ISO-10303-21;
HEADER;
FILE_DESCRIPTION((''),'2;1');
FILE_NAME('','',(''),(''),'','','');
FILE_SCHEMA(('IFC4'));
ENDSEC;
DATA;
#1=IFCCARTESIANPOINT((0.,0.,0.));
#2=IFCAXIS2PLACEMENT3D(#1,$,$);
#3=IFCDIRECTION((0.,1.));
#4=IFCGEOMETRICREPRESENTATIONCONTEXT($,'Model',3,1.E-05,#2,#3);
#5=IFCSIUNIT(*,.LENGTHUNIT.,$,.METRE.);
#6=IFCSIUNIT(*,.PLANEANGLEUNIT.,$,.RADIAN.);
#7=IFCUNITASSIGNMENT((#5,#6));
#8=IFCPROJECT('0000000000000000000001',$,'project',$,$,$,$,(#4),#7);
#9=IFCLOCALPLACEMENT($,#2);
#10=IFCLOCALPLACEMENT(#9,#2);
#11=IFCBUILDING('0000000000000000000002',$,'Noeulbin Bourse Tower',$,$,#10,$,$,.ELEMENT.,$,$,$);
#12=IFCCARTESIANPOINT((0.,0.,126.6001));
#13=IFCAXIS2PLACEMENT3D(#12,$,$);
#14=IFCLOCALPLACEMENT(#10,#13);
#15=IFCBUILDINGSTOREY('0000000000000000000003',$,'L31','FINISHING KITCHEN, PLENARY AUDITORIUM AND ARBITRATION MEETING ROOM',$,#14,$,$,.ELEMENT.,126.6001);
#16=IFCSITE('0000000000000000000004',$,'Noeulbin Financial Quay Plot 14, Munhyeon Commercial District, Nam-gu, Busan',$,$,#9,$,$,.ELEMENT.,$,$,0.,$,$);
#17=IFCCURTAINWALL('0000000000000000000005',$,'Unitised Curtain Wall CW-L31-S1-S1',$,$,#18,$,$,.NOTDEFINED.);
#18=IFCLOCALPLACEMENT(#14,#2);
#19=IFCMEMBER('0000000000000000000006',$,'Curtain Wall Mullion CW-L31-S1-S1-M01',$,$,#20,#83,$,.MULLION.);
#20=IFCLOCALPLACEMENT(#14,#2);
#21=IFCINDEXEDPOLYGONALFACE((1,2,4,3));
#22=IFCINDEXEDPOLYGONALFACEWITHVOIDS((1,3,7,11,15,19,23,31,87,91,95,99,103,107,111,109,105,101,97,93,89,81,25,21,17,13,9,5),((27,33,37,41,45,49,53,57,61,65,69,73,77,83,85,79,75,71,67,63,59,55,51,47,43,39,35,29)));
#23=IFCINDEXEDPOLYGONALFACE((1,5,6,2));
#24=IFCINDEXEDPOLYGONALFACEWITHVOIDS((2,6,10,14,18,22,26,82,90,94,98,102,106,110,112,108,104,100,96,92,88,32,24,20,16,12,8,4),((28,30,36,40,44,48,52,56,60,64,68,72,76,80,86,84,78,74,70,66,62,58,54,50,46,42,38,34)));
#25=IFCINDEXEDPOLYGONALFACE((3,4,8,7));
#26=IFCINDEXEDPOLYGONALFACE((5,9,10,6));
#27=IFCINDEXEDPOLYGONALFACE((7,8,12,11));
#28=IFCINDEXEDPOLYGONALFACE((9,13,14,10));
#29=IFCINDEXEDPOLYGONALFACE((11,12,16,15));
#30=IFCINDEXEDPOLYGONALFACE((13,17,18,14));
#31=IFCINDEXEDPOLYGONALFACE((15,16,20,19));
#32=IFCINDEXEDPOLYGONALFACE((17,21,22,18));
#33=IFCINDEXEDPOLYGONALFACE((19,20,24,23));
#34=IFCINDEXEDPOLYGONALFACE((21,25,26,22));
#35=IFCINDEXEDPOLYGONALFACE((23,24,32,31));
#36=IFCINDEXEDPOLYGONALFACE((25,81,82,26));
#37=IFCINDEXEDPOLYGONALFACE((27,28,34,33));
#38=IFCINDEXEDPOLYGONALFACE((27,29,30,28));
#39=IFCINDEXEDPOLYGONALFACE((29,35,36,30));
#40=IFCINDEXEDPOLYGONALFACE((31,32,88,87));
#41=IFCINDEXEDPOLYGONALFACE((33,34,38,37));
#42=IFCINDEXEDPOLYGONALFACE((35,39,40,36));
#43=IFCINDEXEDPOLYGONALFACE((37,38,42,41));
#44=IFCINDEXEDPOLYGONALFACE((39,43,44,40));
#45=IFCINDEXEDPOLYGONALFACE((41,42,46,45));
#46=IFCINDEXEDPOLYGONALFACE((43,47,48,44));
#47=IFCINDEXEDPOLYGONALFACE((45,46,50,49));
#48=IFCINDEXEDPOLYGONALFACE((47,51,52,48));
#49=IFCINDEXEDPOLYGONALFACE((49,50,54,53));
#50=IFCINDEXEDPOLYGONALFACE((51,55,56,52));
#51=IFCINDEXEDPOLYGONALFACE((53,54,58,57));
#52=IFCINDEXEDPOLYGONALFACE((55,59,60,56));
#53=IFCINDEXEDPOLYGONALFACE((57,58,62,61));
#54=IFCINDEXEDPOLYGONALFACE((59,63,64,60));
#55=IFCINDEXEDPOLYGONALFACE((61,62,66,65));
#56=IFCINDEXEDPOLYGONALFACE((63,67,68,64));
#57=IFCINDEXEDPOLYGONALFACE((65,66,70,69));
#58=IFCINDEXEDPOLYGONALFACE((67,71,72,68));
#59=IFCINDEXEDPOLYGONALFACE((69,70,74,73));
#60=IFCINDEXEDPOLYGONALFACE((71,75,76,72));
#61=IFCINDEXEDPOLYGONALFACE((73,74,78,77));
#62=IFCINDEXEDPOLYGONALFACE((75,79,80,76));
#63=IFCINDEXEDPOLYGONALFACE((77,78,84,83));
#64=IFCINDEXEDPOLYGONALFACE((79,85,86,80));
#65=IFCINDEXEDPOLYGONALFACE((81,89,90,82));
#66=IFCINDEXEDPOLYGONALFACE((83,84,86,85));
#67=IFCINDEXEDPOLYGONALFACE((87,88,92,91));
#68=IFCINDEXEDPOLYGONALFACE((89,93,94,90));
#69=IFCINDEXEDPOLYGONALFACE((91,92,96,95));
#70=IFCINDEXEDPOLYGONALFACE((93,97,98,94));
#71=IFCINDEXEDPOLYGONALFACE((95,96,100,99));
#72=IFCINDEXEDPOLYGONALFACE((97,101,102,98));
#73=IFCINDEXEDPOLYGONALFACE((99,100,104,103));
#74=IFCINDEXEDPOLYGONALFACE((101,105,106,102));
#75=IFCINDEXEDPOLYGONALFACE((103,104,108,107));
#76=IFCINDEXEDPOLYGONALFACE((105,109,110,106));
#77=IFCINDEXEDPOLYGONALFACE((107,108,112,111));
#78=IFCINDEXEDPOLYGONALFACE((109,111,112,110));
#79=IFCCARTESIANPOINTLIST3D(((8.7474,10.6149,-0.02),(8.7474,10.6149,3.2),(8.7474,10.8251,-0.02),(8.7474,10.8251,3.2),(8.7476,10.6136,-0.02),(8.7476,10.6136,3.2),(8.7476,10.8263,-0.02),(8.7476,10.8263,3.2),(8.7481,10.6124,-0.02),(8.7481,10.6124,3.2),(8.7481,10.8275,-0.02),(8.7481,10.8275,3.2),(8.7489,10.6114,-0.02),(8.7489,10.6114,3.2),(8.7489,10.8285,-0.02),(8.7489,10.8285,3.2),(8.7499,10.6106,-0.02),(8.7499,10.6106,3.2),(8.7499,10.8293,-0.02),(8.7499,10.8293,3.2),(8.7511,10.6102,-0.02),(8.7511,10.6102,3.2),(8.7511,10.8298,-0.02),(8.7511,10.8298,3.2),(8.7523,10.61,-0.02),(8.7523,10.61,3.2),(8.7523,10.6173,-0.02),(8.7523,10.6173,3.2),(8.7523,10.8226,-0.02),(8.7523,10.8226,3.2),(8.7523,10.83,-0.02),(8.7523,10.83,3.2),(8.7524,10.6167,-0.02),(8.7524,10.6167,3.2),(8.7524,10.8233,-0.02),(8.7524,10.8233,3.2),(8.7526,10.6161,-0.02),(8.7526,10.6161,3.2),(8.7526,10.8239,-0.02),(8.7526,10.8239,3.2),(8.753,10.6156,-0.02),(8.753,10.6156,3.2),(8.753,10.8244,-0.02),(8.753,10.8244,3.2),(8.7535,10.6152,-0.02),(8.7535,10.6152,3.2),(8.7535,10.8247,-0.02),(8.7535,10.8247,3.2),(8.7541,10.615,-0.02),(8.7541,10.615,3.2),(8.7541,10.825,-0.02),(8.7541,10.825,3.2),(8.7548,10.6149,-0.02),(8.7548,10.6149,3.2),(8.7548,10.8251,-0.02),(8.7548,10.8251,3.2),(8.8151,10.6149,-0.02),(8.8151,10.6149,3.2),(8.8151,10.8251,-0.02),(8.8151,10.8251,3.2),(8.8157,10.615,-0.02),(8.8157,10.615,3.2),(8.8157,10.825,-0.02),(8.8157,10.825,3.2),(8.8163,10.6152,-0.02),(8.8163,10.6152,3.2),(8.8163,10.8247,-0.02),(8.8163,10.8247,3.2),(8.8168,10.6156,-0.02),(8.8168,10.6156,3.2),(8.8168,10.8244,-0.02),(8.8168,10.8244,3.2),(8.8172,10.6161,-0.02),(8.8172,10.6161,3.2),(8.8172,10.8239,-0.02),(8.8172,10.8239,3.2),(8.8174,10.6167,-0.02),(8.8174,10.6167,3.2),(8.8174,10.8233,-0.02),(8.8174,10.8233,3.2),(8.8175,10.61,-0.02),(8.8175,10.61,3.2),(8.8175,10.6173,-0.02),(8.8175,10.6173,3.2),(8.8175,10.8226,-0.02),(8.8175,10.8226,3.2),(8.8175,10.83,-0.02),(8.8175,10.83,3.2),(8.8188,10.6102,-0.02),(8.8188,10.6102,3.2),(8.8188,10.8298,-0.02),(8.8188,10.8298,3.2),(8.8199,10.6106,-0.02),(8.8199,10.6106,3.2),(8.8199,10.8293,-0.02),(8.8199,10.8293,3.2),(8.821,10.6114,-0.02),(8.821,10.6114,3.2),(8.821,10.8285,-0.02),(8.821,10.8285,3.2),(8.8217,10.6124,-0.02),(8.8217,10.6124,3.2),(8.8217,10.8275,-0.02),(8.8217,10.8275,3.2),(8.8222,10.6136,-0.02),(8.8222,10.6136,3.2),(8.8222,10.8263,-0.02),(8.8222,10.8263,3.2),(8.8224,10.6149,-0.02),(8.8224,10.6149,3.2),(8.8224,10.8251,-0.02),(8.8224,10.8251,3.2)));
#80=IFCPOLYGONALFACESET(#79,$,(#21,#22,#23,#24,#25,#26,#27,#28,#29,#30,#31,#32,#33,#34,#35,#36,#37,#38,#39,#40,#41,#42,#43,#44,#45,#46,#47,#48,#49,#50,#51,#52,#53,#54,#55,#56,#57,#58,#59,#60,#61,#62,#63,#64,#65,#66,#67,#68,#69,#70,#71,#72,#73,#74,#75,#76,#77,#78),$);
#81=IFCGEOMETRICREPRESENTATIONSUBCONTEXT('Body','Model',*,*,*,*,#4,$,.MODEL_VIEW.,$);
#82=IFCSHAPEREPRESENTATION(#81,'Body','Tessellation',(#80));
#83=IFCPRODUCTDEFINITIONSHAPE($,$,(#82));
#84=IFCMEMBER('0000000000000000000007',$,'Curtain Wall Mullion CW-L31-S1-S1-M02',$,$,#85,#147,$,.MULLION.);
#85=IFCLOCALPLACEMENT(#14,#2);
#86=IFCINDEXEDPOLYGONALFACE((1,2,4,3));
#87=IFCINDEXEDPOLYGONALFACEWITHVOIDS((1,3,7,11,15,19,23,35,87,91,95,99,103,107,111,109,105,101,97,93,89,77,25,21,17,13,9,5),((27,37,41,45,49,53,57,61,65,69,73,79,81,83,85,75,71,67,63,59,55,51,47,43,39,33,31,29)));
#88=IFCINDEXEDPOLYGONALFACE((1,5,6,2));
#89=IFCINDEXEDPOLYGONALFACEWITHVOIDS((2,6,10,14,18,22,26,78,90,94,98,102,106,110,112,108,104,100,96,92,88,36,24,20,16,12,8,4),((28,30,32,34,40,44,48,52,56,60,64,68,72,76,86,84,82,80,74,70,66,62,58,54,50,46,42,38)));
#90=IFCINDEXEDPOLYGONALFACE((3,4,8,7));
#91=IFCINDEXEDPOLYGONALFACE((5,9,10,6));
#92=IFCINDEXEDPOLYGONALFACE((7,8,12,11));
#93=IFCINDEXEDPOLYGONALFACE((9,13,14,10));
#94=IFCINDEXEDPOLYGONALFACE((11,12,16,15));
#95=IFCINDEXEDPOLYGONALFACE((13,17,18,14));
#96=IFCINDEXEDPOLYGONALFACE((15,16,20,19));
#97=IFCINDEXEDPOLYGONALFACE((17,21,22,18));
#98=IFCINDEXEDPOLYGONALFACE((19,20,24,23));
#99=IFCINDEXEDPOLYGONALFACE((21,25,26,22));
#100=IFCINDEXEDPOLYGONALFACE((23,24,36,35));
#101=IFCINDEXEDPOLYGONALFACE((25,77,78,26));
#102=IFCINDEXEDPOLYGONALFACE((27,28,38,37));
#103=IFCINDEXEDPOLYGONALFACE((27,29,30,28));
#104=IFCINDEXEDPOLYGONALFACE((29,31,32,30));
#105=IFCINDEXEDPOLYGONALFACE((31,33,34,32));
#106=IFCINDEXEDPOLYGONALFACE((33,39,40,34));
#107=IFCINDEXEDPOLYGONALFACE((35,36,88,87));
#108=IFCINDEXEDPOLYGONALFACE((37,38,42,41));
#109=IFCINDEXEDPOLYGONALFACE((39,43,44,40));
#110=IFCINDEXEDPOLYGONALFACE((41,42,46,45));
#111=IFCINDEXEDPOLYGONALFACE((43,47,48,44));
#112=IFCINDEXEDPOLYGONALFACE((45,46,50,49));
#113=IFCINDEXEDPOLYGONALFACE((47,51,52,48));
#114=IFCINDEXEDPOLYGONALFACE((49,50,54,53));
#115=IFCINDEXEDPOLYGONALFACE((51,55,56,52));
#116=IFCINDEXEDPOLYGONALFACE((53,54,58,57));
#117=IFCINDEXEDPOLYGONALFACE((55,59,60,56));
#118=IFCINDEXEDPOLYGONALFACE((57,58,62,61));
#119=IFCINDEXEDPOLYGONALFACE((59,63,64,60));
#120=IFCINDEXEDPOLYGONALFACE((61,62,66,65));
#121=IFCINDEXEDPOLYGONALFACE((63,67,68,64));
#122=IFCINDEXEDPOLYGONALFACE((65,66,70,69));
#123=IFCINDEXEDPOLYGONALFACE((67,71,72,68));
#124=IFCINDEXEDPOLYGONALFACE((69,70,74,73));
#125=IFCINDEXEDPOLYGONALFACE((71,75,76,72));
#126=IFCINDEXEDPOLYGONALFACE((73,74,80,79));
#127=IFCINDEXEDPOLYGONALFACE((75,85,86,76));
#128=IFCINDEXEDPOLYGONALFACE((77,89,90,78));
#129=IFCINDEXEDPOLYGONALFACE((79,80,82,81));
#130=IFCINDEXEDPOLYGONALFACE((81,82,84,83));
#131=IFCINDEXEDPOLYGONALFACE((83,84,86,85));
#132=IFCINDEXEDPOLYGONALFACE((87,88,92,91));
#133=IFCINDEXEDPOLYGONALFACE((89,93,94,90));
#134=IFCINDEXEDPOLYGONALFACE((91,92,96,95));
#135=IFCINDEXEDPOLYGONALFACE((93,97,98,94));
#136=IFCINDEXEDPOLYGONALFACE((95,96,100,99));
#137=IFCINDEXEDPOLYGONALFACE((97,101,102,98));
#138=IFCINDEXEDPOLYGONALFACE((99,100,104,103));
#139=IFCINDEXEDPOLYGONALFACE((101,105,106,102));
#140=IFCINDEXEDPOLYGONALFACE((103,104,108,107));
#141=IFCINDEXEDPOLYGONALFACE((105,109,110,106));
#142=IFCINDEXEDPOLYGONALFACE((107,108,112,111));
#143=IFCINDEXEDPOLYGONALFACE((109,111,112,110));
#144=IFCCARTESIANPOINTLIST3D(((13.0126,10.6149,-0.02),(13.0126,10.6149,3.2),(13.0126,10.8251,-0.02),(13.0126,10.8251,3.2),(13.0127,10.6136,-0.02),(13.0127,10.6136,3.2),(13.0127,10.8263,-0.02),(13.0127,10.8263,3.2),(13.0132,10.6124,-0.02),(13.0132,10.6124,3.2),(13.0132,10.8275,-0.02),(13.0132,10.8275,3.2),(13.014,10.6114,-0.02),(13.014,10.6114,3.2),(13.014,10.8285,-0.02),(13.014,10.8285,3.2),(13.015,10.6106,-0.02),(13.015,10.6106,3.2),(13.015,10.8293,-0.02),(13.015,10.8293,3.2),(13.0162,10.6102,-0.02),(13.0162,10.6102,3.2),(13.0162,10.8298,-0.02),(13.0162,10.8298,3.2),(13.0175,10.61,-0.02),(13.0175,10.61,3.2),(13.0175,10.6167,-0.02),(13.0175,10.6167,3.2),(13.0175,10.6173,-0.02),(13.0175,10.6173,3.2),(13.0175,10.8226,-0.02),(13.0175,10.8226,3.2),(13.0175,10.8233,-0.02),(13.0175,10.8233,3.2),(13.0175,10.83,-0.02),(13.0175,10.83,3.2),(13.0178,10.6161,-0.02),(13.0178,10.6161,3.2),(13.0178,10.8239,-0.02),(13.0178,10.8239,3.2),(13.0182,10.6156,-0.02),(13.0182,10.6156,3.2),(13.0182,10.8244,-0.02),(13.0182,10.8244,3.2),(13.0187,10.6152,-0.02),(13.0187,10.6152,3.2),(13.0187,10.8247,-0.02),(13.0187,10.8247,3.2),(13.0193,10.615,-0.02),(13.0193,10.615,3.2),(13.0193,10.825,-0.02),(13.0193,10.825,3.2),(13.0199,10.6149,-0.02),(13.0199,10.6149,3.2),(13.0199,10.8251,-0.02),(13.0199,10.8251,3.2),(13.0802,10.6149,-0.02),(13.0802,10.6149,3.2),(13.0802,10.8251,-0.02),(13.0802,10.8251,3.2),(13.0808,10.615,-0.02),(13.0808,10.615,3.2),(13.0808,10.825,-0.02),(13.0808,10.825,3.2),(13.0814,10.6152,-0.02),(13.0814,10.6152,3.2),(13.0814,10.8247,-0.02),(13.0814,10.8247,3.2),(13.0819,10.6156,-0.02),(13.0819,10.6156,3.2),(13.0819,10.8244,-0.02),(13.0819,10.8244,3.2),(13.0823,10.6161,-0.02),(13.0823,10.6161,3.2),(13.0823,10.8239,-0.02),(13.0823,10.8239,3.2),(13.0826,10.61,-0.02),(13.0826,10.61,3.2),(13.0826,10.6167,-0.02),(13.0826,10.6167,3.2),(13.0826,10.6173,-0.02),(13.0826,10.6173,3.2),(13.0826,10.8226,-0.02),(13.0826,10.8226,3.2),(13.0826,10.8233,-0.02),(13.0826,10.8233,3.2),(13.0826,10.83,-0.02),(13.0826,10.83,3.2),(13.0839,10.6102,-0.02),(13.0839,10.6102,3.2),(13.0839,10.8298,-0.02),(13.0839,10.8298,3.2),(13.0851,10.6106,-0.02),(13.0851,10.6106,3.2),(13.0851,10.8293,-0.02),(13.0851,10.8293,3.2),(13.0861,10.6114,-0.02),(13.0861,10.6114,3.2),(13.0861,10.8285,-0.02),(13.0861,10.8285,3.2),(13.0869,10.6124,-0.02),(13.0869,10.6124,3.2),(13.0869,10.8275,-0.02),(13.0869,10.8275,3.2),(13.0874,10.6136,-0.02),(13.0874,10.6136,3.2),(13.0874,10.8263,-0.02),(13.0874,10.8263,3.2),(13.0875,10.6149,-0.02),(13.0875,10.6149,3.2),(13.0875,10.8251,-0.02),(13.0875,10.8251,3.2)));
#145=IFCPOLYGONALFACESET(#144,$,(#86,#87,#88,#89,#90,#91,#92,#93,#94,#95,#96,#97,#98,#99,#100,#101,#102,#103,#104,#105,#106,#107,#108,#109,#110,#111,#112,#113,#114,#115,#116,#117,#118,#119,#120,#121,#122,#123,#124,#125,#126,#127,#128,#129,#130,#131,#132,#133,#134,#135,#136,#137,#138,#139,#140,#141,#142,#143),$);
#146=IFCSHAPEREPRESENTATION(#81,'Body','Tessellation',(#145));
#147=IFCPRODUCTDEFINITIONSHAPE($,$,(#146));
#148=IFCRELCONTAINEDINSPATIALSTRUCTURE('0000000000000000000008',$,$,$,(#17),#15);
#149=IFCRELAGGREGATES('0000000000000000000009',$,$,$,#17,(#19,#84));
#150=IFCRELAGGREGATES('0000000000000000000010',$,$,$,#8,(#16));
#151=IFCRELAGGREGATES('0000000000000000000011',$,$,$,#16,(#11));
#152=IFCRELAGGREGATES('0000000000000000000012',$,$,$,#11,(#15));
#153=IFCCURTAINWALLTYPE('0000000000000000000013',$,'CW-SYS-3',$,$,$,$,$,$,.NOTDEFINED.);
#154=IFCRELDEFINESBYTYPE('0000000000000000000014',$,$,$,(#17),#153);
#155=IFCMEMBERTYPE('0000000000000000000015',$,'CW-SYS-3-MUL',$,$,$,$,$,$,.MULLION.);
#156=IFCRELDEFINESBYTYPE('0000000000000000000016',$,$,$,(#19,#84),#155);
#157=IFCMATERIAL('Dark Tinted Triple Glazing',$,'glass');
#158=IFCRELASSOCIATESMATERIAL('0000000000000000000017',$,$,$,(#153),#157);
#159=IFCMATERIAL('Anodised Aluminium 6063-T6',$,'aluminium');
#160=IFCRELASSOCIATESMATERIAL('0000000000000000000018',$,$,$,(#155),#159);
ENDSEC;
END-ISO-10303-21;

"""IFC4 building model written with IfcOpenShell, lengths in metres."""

from ifc_helpers import new_model, si_unit, direction, frame, origin, origin_2d, place, context, subcontext, project, spatial, hollow_rectangle, extrude, material, material_profile, profile_set, type_object, element, aggregate, save


model = new_model("IFC4")

# Units and contexts
model_context = context("Model", 3, precision=1e-05, world=origin(), true_north=direction((0.0, 1.0)))
body_context = subcontext(model_context, "Body", "Model", "MODEL_VIEW")
ifc_project = project(units=[si_unit("LENGTHUNIT", "METRE"), si_unit("PLANEANGLEUNIT", "RADIAN")], contexts=[model_context])

# Site, building, storey
site_placement = place(None, origin())
site = spatial("IfcSite", under=ifc_project, at=site_placement, Name="Noeulbin Financial Quay Plot 14, Munhyeon Commercial District, Nam-gu, Busan", CompositionType="ELEMENT", RefElevation=0.0)
building_placement = place(site_placement, origin())
building = spatial("IfcBuilding", under=site, at=building_placement, Name="Noeulbin Bourse Tower", CompositionType="ELEMENT")
storey_placement = place(building_placement, frame((0.0, 0.0, 126.6001)))
storey = spatial("IfcBuildingStorey", under=building, at=storey_placement, Name="L31", Description="FINISHING KITCHEN, PLENARY AUDITORIUM AND ARBITRATION MEETING ROOM", CompositionType="ELEMENT", Elevation=126.6001)

# Curtain wall, members
ifc_material_1 = material(Name="Dark Tinted Triple Glazing", Category="glass")
curtain_wall_type = type_object("IfcCurtainWallType", Name="CW-SYS-3", PredefinedType="NOTDEFINED", material=ifc_material_1)
curtain_wall_1_placement = place(storey_placement, origin())
curtain_wall_1 = element("IfcCurtainWall", 1, at=curtain_wall_1_placement, inside=storey, type_object=curtain_wall_type, Name="Unitised Curtain Wall CW-L31-S1-S1", PredefinedType="NOTDEFINED")
ifc_material_2 = material(Name="Anodised Aluminium 6063-T6", Category="aluminium")
ifc_material_profile_1 = material_profile(ifc_material_2, hollow_rectangle(XDim=0.075, YDim=0.22, WallThickness=0.0049, InnerFilletRadius=0.0024, OuterFilletRadius=0.0049, at=origin_2d()), Name="ALU-MULL-75x220x5", Category="LoadBearing")
ifc_profile_set_1 = profile_set([ifc_material_profile_1], Name="Anodised Aluminium 6063-T6")
member_type_1 = type_object("IfcMemberType", Name="CW-SYS-3-MUL", PredefinedType="MULLION", material=ifc_profile_set_1)
member_1_placement = place(storey_placement, frame((8.7849, 10.72, -0.02), z_axis=(0.0, 0.0, 1.0), x_axis=(1.0, 0.0, 0.0)))
member_1 = element("IfcMember", 2, at=member_1_placement, type_object=member_type_1, Name="Curtain Wall Mullion CW-L31-S1-S1-M01", PredefinedType="MULLION", context=body_context, shape_type="SweptSolid", body=[
    extrude(hollow_rectangle(XDim=0.075, YDim=0.22, WallThickness=0.0049, InnerFilletRadius=0.0024, OuterFilletRadius=0.0049, at=origin_2d()), origin(), (0.0, 0.0, 1.0), 3.22),
])
member_2_placement = place(storey_placement, frame((13.05, 10.72, -0.02), z_axis=(0.0, 0.0, 1.0), x_axis=(1.0, 0.0, 0.0)))
member_2 = element("IfcMember", 3, at=member_2_placement, type_object=member_type_1, Name="Curtain Wall Mullion CW-L31-S1-S1-M02", PredefinedType="MULLION", context=body_context, shape_type="SweptSolid", body=[
    extrude(hollow_rectangle(XDim=0.075, YDim=0.22, WallThickness=0.0049, InnerFilletRadius=0.0024, OuterFilletRadius=0.0049, at=origin_2d()), origin(), (0.0, 0.0, 1.0), 3.22),
])

aggregate(curtain_wall_1, [member_1, member_2])

save(model, "model.ifc")
